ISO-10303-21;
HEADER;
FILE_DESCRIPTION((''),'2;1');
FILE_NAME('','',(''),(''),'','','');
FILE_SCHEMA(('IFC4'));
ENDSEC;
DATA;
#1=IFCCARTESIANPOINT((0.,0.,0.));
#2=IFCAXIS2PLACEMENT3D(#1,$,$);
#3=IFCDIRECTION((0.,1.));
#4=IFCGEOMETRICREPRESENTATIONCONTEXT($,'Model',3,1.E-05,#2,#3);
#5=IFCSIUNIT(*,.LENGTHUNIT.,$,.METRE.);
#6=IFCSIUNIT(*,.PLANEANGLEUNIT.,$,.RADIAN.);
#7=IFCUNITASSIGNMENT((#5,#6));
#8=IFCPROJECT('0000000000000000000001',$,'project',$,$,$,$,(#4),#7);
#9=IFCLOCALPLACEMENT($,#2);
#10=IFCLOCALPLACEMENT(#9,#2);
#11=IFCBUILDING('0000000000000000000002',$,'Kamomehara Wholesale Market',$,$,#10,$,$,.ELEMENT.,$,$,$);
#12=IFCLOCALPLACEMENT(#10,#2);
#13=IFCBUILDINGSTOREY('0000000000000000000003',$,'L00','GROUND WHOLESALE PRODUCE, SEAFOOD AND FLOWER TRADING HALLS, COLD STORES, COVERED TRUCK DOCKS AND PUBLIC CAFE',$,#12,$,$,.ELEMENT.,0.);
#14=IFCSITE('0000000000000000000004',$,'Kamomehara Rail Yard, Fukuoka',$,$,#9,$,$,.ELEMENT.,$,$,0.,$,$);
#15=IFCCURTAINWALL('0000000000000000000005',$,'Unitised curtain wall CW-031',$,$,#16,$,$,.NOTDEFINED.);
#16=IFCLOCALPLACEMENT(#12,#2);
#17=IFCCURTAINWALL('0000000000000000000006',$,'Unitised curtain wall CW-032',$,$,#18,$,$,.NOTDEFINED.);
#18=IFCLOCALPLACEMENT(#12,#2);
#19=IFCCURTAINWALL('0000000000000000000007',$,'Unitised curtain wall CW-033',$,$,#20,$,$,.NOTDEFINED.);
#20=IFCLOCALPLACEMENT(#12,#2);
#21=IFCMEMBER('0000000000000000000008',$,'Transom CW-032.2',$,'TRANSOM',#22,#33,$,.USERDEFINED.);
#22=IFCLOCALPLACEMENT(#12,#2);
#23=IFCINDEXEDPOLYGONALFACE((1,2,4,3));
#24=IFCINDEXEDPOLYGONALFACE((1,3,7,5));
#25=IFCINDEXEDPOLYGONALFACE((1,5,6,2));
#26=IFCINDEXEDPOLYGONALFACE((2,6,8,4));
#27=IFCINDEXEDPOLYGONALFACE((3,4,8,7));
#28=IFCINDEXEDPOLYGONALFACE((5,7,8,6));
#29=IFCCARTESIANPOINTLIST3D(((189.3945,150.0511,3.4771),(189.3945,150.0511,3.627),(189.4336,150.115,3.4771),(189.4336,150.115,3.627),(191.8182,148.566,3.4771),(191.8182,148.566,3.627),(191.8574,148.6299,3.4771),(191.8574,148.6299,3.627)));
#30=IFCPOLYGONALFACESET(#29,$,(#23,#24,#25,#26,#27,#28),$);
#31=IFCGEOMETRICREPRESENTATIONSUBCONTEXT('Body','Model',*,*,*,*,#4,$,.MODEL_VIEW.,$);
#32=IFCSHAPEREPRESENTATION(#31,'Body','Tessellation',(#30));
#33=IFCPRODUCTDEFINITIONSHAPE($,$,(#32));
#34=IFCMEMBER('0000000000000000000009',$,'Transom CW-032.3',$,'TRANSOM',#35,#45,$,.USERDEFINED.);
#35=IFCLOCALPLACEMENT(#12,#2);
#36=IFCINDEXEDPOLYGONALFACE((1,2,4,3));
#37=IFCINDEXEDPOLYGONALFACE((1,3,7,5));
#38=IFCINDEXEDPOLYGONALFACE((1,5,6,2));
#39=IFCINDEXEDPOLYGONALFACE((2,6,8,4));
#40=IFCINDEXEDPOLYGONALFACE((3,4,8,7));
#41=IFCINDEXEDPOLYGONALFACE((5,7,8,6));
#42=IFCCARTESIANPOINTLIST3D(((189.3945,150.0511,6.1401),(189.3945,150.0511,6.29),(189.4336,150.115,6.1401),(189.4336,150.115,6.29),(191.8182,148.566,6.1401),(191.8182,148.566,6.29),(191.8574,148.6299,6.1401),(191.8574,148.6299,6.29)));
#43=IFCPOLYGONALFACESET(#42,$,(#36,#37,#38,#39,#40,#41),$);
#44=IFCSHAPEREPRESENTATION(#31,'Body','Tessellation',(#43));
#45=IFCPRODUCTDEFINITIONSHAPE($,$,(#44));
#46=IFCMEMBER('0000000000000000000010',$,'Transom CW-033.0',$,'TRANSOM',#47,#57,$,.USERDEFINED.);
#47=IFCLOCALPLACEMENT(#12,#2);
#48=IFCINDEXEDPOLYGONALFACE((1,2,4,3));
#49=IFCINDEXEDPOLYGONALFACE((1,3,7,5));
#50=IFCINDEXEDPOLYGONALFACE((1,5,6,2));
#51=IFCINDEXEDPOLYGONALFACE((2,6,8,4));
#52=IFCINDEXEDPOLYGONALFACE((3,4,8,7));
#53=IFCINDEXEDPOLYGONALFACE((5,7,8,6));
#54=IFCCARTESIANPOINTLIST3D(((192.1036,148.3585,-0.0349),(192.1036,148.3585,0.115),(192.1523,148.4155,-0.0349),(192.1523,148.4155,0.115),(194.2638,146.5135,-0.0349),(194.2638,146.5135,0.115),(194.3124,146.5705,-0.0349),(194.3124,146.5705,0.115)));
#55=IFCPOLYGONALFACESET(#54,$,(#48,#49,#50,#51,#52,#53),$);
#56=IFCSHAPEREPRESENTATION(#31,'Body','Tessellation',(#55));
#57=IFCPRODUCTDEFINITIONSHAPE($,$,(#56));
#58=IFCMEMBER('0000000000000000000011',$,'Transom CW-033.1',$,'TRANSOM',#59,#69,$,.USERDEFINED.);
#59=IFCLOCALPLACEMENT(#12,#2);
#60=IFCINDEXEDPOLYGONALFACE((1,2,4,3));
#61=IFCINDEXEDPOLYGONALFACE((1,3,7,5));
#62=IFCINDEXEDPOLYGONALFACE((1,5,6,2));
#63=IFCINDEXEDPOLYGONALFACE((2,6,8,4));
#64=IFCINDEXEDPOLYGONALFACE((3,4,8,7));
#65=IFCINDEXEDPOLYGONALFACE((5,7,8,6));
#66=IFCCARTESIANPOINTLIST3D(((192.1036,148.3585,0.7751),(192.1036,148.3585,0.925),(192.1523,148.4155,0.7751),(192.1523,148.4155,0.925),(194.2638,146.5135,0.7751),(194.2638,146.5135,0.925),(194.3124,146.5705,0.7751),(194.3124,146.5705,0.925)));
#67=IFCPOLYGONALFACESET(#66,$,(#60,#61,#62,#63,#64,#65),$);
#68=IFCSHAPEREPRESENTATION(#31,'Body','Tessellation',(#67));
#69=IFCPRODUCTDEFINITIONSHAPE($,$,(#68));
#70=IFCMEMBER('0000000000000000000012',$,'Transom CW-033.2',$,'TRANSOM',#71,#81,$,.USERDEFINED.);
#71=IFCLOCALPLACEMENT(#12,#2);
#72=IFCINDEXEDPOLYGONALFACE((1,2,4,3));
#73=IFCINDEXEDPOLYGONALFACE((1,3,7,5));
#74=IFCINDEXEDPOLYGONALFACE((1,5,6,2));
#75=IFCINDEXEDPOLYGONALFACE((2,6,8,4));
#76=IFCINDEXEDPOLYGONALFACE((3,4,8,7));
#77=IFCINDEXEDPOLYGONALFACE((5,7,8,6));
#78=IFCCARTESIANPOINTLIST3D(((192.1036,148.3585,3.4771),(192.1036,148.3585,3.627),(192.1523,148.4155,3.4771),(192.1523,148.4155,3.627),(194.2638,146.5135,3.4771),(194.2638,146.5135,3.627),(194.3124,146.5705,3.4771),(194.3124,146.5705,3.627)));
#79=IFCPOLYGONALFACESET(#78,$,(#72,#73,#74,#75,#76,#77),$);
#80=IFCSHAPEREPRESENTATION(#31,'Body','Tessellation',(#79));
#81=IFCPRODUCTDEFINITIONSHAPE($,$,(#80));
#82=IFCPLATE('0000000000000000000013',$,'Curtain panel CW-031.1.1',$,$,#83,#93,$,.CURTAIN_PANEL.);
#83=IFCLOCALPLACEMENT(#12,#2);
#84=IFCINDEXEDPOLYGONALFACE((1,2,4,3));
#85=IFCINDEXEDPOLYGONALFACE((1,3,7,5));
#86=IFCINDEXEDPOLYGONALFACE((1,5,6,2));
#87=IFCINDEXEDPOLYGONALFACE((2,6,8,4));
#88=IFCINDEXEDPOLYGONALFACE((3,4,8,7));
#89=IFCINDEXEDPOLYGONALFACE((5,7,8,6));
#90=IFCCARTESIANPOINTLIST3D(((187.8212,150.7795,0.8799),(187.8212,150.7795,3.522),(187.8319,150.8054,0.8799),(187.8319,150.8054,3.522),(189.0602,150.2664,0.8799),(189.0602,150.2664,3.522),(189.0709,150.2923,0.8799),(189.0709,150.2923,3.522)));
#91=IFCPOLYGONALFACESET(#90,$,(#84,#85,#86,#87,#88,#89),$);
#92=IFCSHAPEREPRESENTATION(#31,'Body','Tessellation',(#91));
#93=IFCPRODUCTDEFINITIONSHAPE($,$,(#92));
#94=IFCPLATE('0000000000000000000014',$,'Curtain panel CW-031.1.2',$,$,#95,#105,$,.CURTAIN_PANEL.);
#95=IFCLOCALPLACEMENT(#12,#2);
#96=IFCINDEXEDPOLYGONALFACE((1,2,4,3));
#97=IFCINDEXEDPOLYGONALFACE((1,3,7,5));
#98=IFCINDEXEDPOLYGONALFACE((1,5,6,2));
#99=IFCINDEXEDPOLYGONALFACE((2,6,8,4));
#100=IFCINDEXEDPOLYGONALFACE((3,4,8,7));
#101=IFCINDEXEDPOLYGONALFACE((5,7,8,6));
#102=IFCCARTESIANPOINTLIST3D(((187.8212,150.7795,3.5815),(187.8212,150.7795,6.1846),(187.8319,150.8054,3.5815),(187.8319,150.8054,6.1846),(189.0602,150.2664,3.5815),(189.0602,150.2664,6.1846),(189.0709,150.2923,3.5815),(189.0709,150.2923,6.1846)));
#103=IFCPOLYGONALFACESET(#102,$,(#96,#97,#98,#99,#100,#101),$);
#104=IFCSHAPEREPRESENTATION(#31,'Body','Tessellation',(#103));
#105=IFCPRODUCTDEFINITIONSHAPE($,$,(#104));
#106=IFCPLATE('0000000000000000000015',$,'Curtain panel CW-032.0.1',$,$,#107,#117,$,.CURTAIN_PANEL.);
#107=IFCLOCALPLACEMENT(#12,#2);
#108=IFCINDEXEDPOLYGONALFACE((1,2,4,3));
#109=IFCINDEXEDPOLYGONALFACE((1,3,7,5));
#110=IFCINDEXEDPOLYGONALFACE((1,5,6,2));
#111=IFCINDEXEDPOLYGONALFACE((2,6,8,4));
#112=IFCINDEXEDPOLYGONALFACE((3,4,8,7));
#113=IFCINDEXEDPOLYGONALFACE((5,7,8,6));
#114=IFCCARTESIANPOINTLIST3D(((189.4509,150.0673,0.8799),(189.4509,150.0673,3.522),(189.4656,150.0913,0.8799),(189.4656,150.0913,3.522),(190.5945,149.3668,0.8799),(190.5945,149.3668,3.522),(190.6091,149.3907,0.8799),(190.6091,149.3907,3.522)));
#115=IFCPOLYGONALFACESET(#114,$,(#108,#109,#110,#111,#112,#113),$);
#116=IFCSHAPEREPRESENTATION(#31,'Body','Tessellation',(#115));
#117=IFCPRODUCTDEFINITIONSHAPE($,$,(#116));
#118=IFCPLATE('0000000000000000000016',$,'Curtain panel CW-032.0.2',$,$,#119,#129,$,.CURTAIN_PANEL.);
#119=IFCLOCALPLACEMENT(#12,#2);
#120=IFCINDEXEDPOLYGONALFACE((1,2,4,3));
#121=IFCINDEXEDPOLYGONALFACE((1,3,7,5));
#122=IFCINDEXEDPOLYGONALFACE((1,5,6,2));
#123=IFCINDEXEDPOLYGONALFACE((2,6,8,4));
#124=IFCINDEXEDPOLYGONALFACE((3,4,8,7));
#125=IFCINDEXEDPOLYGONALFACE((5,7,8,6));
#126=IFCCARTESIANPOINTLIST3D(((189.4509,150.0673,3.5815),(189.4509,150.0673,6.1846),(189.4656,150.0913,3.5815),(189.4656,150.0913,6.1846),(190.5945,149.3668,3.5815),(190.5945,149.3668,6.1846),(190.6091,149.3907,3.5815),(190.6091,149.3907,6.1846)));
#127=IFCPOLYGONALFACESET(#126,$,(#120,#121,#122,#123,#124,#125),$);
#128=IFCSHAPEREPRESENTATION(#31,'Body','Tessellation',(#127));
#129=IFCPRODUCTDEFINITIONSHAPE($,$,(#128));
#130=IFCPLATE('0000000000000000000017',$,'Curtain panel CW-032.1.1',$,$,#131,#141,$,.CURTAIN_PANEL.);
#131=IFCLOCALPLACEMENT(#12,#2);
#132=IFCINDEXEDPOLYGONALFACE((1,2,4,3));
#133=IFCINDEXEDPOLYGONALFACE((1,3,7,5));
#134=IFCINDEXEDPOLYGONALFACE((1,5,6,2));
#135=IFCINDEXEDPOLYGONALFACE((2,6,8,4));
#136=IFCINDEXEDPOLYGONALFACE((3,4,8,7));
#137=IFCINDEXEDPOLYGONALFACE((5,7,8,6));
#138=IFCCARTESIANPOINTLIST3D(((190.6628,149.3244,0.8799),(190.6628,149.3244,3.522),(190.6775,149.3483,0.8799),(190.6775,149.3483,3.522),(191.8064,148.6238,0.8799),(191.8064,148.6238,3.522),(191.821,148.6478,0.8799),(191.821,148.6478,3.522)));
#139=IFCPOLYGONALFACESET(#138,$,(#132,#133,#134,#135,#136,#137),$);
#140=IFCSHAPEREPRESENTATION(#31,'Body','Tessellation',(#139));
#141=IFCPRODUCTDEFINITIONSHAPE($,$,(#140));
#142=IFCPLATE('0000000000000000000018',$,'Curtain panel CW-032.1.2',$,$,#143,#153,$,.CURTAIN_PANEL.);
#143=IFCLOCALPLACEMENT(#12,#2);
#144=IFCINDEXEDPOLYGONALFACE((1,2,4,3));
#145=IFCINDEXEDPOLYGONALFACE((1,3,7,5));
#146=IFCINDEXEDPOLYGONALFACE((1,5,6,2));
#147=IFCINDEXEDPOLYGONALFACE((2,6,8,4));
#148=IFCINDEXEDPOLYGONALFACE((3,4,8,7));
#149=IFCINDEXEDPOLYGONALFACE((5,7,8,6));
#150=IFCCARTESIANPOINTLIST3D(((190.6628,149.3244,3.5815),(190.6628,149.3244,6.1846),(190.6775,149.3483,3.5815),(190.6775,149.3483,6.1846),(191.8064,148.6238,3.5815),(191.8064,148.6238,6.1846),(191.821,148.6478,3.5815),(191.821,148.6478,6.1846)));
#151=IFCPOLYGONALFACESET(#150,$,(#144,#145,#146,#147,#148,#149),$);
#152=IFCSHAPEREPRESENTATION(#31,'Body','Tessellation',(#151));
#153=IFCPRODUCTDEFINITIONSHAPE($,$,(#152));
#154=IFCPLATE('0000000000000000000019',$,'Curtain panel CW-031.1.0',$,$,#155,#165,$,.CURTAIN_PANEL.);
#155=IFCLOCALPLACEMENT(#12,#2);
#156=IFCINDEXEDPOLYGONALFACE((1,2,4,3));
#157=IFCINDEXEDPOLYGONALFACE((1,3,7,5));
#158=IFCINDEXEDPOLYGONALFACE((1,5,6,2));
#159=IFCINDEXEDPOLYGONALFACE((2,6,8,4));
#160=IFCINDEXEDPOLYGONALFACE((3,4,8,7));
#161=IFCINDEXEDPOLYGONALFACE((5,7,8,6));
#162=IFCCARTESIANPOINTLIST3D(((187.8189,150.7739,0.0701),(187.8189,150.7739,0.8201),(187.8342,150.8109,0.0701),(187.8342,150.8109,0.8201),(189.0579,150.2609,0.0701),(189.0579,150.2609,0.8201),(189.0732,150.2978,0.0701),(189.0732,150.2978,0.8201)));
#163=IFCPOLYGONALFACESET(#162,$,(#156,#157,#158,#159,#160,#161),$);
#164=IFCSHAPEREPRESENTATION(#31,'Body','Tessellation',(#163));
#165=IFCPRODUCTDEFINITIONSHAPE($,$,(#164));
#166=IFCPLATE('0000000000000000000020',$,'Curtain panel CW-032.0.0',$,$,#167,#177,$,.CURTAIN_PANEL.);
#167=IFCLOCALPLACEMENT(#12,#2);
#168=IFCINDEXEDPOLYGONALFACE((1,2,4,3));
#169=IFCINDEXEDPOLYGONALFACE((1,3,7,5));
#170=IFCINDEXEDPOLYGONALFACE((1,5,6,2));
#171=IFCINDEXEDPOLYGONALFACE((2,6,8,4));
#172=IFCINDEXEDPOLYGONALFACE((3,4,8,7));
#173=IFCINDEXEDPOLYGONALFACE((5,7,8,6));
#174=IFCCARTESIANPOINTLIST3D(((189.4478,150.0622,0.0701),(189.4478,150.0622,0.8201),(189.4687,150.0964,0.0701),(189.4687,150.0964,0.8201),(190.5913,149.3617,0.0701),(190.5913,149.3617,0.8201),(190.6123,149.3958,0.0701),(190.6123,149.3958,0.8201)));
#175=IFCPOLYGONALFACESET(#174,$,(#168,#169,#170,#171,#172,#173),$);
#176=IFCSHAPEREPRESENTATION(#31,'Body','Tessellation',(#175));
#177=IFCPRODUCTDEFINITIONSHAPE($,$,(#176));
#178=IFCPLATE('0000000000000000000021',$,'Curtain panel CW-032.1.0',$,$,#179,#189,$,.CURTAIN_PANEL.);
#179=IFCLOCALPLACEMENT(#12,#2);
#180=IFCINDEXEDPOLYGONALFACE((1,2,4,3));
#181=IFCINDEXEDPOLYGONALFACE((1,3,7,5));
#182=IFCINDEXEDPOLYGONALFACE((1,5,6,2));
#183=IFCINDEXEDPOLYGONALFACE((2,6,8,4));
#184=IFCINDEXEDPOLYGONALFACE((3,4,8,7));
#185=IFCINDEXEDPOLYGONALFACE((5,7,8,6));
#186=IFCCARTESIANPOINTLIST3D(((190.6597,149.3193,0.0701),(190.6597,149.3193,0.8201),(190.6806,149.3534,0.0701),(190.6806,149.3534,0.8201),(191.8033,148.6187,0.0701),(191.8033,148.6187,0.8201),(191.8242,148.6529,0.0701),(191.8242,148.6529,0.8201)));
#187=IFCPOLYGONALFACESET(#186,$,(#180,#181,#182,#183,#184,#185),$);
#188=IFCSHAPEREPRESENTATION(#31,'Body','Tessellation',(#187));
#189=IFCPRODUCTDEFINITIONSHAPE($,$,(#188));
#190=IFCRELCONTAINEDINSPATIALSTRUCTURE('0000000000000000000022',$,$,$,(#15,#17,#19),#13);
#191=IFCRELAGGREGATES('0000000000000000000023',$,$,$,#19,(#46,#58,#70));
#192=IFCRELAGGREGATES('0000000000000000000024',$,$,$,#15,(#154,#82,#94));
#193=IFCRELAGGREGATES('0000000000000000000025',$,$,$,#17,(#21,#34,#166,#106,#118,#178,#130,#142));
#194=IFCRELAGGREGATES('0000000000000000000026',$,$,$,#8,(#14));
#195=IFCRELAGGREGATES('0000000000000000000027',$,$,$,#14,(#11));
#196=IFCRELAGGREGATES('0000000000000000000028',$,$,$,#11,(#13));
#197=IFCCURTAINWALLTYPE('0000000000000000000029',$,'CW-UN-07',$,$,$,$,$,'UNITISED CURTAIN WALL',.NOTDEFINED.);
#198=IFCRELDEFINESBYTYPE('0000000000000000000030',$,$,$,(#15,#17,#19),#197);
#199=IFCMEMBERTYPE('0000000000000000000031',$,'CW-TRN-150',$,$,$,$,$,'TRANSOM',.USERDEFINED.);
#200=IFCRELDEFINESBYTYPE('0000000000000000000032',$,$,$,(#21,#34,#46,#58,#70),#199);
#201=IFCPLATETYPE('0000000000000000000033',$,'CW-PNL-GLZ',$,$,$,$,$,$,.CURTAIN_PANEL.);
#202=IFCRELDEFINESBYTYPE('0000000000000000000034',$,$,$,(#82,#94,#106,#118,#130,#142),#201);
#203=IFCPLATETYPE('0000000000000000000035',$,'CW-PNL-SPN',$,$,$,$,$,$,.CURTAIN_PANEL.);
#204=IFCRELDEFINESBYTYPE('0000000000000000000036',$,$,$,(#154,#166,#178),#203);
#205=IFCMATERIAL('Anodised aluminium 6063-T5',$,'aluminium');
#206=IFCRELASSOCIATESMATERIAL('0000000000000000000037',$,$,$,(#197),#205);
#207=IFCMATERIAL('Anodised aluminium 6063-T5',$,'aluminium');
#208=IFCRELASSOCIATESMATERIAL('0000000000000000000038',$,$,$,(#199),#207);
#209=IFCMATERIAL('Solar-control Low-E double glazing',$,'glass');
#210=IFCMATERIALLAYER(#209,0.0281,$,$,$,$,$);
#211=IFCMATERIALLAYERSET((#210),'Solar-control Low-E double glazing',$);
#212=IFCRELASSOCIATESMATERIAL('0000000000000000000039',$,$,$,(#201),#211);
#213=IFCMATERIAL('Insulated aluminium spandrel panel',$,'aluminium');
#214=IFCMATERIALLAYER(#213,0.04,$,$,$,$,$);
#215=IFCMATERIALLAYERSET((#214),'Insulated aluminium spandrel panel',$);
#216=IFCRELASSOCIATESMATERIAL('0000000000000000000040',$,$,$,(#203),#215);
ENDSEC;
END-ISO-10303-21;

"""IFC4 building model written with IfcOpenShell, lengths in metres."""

from ifc_helpers import new_model, si_unit, direction, frame, origin, origin_2d, place, context, subcontext, project, spatial, rectangle, extrude, material, layer, layer_set, material_profile, profile_set, type_object, element, aggregate, save


model = new_model("IFC4")

# Units and contexts
model_context = context("Model", 3, precision=1e-05, world=origin(), true_north=direction((0.0, 1.0)))
body_context = subcontext(model_context, "Body", "Model", "MODEL_VIEW")
ifc_project = project(units=[si_unit("LENGTHUNIT", "METRE"), si_unit("PLANEANGLEUNIT", "RADIAN")], contexts=[model_context])

# Site, building, storey
site_placement = place(None, origin())
site = spatial("IfcSite", under=ifc_project, at=site_placement, Name="Kamomehara Rail Yard, Fukuoka", CompositionType="ELEMENT", RefElevation=0.0)
building_placement = place(site_placement, origin())
building = spatial("IfcBuilding", under=site, at=building_placement, Name="Kamomehara Wholesale Market", CompositionType="ELEMENT")
storey_placement = place(building_placement, origin())
storey = spatial("IfcBuildingStorey", under=building, at=storey_placement, Name="L00", Description="GROUND WHOLESALE PRODUCE, SEAFOOD AND FLOWER TRADING HALLS, COLD STORES, COVERED TRUCK DOCKS AND PUBLIC CAFE", CompositionType="ELEMENT", Elevation=0.0)

# Curtain walls
ifc_material_1 = material(Name="Anodised aluminium 6063-T5", Category="aluminium")
curtain_wall_type = type_object("IfcCurtainWallType", Name="CW-UN-07", ElementType="UNITISED CURTAIN WALL", PredefinedType="NOTDEFINED", material=ifc_material_1)
curtain_wall_1_placement = place(storey_placement, origin())
curtain_wall_1 = element("IfcCurtainWall", 1, at=curtain_wall_1_placement, inside=storey, type_object=curtain_wall_type, Name="Unitised curtain wall CW-031", PredefinedType="NOTDEFINED")
curtain_wall_2_placement = place(storey_placement, origin())
curtain_wall_2 = element("IfcCurtainWall", 2, at=curtain_wall_2_placement, inside=storey, type_object=curtain_wall_type, Name="Unitised curtain wall CW-032", PredefinedType="NOTDEFINED")

# Curtain wall
curtain_wall_3_placement = place(storey_placement, origin())
curtain_wall_3 = element("IfcCurtainWall", 3, at=curtain_wall_3_placement, inside=storey, type_object=curtain_wall_type, Name="Unitised curtain wall CW-033", PredefinedType="NOTDEFINED")

# Members
ifc_material_2 = material(Name="Anodised aluminium 6063-T5", Category="aluminium")
ifc_material_profile_1 = material_profile(ifc_material_2, rectangle(XDim=0.075, YDim=0.1499, at=origin_2d()), Name="ALU-TRN-75x150")
ifc_profile_set_1 = profile_set([ifc_material_profile_1], Name="Anodised aluminium 6063-T5")
member_type_1 = type_object("IfcMemberType", Name="CW-TRN-150", ElementType="TRANSOM", PredefinedType="USERDEFINED", material=ifc_profile_set_1)
member_1_placement = place(storey_placement, frame((189.4141, 150.083, 3.552), z_axis=(0.852674, -0.522443, 0.0), x_axis=(0.522443, 0.852674, 0.0)))
member_1 = element("IfcMember", 4, at=member_1_placement, type_object=member_type_1, Name="Transom CW-032.2", ObjectType="TRANSOM", PredefinedType="USERDEFINED", context=body_context, shape_type="SweptSolid", body=[
    extrude(rectangle(XDim=0.075, YDim=0.1499, at=origin_2d()), origin(), (0.0, 0.0, 1.0), 2.8425),
])
member_2_placement = place(storey_placement, frame((189.4141, 150.083, 6.2151), z_axis=(0.852674, -0.522443, 0.0), x_axis=(0.522443, 0.852674, 0.0)))
member_2 = element("IfcMember", 5, at=member_2_placement, type_object=member_type_1, Name="Transom CW-032.3", ObjectType="TRANSOM", PredefinedType="USERDEFINED", context=body_context, shape_type="SweptSolid", body=[
    extrude(rectangle(XDim=0.075, YDim=0.1499, at=origin_2d()), origin(), (0.0, 0.0, 1.0), 2.8425),
])
member_3_placement = place(storey_placement, frame((192.1279, 148.387, 0.04), z_axis=(0.760402, -0.649453, 0.0), x_axis=(0.649453, 0.760402, 0.0)))
member_3 = element("IfcMember", 6, at=member_3_placement, type_object=member_type_1, Name="Transom CW-033.0", ObjectType="TRANSOM", PredefinedType="USERDEFINED", context=body_context, shape_type="SweptSolid", body=[
    extrude(rectangle(XDim=0.075, YDim=0.1499, at=origin_2d()), origin(), (0.0, 0.0, 1.0), 2.8408),
])
member_4_placement = place(storey_placement, frame((192.1279, 148.387, 0.8501), z_axis=(0.760402, -0.649453, 0.0), x_axis=(0.649453, 0.760402, 0.0)))
member_4 = element("IfcMember", 7, at=member_4_placement, type_object=member_type_1, Name="Transom CW-033.1", ObjectType="TRANSOM", PredefinedType="USERDEFINED", context=body_context, shape_type="SweptSolid", body=[
    extrude(rectangle(XDim=0.075, YDim=0.1499, at=origin_2d()), origin(), (0.0, 0.0, 1.0), 2.8408),
])
member_5_placement = place(storey_placement, frame((192.1279, 148.387, 3.552), z_axis=(0.760402, -0.649453, 0.0), x_axis=(0.649453, 0.760402, 0.0)))
member_5 = element("IfcMember", 8, at=member_5_placement, type_object=member_type_1, Name="Transom CW-033.2", ObjectType="TRANSOM", PredefinedType="USERDEFINED", context=body_context, shape_type="SweptSolid", body=[
    extrude(rectangle(XDim=0.075, YDim=0.1499, at=origin_2d()), origin(), (0.0, 0.0, 1.0), 2.8408),
])
aggregate(curtain_wall_3, [member_3, member_4, member_5])

# Plates
ifc_material_3 = material(Name="Solar-control Low-E double glazing", Category="glass")
ifc_layer_1 = layer(ifc_material_3, 0.0281)
ifc_layer_set_1 = layer_set([ifc_layer_1], Name="Solar-control Low-E double glazing")
plate_type_1 = type_object("IfcPlateType", Name="CW-PNL-GLZ", PredefinedType="CURTAIN_PANEL", material=ifc_layer_set_1)
plate_1_placement = place(storey_placement, frame((188.446, 150.5359, 0.8799), z_axis=(0.0, 0.0, 1.0), x_axis=(0.92392, -0.382587, 0.0)))
plate_1 = element("IfcPlate", 9, at=plate_1_placement, type_object=plate_type_1, Name="Curtain panel CW-031.1.1", PredefinedType="CURTAIN_PANEL", context=body_context, shape_type="SweptSolid", body=[
    extrude(rectangle(XDim=1.3411, YDim=0.0281, at=origin_2d()), origin(), (0.0, 0.0, 1.0), 2.6421),
])
plate_2_placement = place(storey_placement, frame((188.446, 150.5359, 3.5815), z_axis=(0.0, 0.0, 1.0), x_axis=(0.92392, -0.382587, 0.0)))
plate_2 = element("IfcPlate", 10, at=plate_2_placement, type_object=plate_type_1, Name="Curtain panel CW-031.1.2", PredefinedType="CURTAIN_PANEL", context=body_context, shape_type="SweptSolid", body=[
    extrude(rectangle(XDim=1.3411, YDim=0.0281, at=origin_2d()), origin(), (0.0, 0.0, 1.0), 2.603),
])
plate_3_placement = place(storey_placement, frame((190.03, 149.729, 0.8799), z_axis=(0.0, 0.0, 1.0), x_axis=(0.852704, -0.522394, 0.0)))
plate_3 = element("IfcPlate", 11, at=plate_3_placement, type_object=plate_type_1, Name="Curtain panel CW-032.0.1", PredefinedType="CURTAIN_PANEL", context=body_context, shape_type="SweptSolid", body=[
    extrude(rectangle(XDim=1.3411, YDim=0.0281, at=origin_2d()), origin(), (0.0, 0.0, 1.0), 2.6421),
])
plate_4_placement = place(storey_placement, frame((190.03, 149.729, 3.5815), z_axis=(0.0, 0.0, 1.0), x_axis=(0.852704, -0.522394, 0.0)))
plate_4 = element("IfcPlate", 12, at=plate_4_placement, type_object=plate_type_1, Name="Curtain panel CW-032.0.2", PredefinedType="CURTAIN_PANEL", context=body_context, shape_type="SweptSolid", body=[
    extrude(rectangle(XDim=1.3411, YDim=0.0281, at=origin_2d()), origin(), (0.0, 0.0, 1.0), 2.603),
])
plate_5_placement = place(storey_placement, frame((191.2419, 148.9861, 0.8799), z_axis=(0.0, 0.0, 1.0), x_axis=(0.852704, -0.522394, 0.0)))
plate_5 = element("IfcPlate", 13, at=plate_5_placement, type_object=plate_type_1, Name="Curtain panel CW-032.1.1", PredefinedType="CURTAIN_PANEL", context=body_context, shape_type="SweptSolid", body=[
    extrude(rectangle(XDim=1.3411, YDim=0.0281, at=origin_2d()), origin(), (0.0, 0.0, 1.0), 2.6421),
])
plate_6_placement = place(storey_placement, frame((191.2419, 148.9861, 3.5815), z_axis=(0.0, 0.0, 1.0), x_axis=(0.852704, -0.522394, 0.0)))
plate_6 = element("IfcPlate", 14, at=plate_6_placement, type_object=plate_type_1, Name="Curtain panel CW-032.1.2", PredefinedType="CURTAIN_PANEL", context=body_context, shape_type="SweptSolid", body=[
    extrude(rectangle(XDim=1.3411, YDim=0.0281, at=origin_2d()), origin(), (0.0, 0.0, 1.0), 2.603),
])
ifc_material_4 = material(Name="Insulated aluminium spandrel panel", Category="aluminium")
ifc_layer_2 = layer(ifc_material_4, 0.04)
ifc_layer_set_2 = layer_set([ifc_layer_2], Name="Insulated aluminium spandrel panel")
plate_type_2 = type_object("IfcPlateType", Name="CW-PNL-SPN", PredefinedType="CURTAIN_PANEL", material=ifc_layer_set_2)
plate_7_placement = place(storey_placement, frame((188.446, 150.5359, 0.0701), z_axis=(0.0, 0.0, 1.0), x_axis=(0.92392, -0.382587, 0.0)))
plate_7 = element("IfcPlate", 15, at=plate_7_placement, type_object=plate_type_2, Name="Curtain panel CW-031.1.0", PredefinedType="CURTAIN_PANEL", context=body_context, shape_type="SweptSolid", body=[
    extrude(rectangle(XDim=1.3411, YDim=0.04, at=origin_2d()), origin(), (0.0, 0.0, 1.0), 0.75),
])
aggregate(curtain_wall_1, [plate_7, plate_1, plate_2])
plate_8_placement = place(storey_placement, frame((190.03, 149.729, 0.0701), z_axis=(0.0, 0.0, 1.0), x_axis=(0.852704, -0.522394, 0.0)))
plate_8 = element("IfcPlate", 16, at=plate_8_placement, type_object=plate_type_2, Name="Curtain panel CW-032.0.0", PredefinedType="CURTAIN_PANEL", context=body_context, shape_type="SweptSolid", body=[
    extrude(rectangle(XDim=1.3411, YDim=0.04, at=origin_2d()), origin(), (0.0, 0.0, 1.0), 0.75),
])
plate_9_placement = place(storey_placement, frame((191.2419, 148.9861, 0.0701), z_axis=(0.0, 0.0, 1.0), x_axis=(0.852704, -0.522394, 0.0)))
plate_9 = element("IfcPlate", 17, at=plate_9_placement, type_object=plate_type_2, Name="Curtain panel CW-032.1.0", PredefinedType="CURTAIN_PANEL", context=body_context, shape_type="SweptSolid", body=[
    extrude(rectangle(XDim=1.3411, YDim=0.04, at=origin_2d()), origin(), (0.0, 0.0, 1.0), 0.75),
])
aggregate(curtain_wall_2, [member_1, member_2, plate_8, plate_3, plate_4, plate_9, plate_5, plate_6])

save(model, "model.ifc")
